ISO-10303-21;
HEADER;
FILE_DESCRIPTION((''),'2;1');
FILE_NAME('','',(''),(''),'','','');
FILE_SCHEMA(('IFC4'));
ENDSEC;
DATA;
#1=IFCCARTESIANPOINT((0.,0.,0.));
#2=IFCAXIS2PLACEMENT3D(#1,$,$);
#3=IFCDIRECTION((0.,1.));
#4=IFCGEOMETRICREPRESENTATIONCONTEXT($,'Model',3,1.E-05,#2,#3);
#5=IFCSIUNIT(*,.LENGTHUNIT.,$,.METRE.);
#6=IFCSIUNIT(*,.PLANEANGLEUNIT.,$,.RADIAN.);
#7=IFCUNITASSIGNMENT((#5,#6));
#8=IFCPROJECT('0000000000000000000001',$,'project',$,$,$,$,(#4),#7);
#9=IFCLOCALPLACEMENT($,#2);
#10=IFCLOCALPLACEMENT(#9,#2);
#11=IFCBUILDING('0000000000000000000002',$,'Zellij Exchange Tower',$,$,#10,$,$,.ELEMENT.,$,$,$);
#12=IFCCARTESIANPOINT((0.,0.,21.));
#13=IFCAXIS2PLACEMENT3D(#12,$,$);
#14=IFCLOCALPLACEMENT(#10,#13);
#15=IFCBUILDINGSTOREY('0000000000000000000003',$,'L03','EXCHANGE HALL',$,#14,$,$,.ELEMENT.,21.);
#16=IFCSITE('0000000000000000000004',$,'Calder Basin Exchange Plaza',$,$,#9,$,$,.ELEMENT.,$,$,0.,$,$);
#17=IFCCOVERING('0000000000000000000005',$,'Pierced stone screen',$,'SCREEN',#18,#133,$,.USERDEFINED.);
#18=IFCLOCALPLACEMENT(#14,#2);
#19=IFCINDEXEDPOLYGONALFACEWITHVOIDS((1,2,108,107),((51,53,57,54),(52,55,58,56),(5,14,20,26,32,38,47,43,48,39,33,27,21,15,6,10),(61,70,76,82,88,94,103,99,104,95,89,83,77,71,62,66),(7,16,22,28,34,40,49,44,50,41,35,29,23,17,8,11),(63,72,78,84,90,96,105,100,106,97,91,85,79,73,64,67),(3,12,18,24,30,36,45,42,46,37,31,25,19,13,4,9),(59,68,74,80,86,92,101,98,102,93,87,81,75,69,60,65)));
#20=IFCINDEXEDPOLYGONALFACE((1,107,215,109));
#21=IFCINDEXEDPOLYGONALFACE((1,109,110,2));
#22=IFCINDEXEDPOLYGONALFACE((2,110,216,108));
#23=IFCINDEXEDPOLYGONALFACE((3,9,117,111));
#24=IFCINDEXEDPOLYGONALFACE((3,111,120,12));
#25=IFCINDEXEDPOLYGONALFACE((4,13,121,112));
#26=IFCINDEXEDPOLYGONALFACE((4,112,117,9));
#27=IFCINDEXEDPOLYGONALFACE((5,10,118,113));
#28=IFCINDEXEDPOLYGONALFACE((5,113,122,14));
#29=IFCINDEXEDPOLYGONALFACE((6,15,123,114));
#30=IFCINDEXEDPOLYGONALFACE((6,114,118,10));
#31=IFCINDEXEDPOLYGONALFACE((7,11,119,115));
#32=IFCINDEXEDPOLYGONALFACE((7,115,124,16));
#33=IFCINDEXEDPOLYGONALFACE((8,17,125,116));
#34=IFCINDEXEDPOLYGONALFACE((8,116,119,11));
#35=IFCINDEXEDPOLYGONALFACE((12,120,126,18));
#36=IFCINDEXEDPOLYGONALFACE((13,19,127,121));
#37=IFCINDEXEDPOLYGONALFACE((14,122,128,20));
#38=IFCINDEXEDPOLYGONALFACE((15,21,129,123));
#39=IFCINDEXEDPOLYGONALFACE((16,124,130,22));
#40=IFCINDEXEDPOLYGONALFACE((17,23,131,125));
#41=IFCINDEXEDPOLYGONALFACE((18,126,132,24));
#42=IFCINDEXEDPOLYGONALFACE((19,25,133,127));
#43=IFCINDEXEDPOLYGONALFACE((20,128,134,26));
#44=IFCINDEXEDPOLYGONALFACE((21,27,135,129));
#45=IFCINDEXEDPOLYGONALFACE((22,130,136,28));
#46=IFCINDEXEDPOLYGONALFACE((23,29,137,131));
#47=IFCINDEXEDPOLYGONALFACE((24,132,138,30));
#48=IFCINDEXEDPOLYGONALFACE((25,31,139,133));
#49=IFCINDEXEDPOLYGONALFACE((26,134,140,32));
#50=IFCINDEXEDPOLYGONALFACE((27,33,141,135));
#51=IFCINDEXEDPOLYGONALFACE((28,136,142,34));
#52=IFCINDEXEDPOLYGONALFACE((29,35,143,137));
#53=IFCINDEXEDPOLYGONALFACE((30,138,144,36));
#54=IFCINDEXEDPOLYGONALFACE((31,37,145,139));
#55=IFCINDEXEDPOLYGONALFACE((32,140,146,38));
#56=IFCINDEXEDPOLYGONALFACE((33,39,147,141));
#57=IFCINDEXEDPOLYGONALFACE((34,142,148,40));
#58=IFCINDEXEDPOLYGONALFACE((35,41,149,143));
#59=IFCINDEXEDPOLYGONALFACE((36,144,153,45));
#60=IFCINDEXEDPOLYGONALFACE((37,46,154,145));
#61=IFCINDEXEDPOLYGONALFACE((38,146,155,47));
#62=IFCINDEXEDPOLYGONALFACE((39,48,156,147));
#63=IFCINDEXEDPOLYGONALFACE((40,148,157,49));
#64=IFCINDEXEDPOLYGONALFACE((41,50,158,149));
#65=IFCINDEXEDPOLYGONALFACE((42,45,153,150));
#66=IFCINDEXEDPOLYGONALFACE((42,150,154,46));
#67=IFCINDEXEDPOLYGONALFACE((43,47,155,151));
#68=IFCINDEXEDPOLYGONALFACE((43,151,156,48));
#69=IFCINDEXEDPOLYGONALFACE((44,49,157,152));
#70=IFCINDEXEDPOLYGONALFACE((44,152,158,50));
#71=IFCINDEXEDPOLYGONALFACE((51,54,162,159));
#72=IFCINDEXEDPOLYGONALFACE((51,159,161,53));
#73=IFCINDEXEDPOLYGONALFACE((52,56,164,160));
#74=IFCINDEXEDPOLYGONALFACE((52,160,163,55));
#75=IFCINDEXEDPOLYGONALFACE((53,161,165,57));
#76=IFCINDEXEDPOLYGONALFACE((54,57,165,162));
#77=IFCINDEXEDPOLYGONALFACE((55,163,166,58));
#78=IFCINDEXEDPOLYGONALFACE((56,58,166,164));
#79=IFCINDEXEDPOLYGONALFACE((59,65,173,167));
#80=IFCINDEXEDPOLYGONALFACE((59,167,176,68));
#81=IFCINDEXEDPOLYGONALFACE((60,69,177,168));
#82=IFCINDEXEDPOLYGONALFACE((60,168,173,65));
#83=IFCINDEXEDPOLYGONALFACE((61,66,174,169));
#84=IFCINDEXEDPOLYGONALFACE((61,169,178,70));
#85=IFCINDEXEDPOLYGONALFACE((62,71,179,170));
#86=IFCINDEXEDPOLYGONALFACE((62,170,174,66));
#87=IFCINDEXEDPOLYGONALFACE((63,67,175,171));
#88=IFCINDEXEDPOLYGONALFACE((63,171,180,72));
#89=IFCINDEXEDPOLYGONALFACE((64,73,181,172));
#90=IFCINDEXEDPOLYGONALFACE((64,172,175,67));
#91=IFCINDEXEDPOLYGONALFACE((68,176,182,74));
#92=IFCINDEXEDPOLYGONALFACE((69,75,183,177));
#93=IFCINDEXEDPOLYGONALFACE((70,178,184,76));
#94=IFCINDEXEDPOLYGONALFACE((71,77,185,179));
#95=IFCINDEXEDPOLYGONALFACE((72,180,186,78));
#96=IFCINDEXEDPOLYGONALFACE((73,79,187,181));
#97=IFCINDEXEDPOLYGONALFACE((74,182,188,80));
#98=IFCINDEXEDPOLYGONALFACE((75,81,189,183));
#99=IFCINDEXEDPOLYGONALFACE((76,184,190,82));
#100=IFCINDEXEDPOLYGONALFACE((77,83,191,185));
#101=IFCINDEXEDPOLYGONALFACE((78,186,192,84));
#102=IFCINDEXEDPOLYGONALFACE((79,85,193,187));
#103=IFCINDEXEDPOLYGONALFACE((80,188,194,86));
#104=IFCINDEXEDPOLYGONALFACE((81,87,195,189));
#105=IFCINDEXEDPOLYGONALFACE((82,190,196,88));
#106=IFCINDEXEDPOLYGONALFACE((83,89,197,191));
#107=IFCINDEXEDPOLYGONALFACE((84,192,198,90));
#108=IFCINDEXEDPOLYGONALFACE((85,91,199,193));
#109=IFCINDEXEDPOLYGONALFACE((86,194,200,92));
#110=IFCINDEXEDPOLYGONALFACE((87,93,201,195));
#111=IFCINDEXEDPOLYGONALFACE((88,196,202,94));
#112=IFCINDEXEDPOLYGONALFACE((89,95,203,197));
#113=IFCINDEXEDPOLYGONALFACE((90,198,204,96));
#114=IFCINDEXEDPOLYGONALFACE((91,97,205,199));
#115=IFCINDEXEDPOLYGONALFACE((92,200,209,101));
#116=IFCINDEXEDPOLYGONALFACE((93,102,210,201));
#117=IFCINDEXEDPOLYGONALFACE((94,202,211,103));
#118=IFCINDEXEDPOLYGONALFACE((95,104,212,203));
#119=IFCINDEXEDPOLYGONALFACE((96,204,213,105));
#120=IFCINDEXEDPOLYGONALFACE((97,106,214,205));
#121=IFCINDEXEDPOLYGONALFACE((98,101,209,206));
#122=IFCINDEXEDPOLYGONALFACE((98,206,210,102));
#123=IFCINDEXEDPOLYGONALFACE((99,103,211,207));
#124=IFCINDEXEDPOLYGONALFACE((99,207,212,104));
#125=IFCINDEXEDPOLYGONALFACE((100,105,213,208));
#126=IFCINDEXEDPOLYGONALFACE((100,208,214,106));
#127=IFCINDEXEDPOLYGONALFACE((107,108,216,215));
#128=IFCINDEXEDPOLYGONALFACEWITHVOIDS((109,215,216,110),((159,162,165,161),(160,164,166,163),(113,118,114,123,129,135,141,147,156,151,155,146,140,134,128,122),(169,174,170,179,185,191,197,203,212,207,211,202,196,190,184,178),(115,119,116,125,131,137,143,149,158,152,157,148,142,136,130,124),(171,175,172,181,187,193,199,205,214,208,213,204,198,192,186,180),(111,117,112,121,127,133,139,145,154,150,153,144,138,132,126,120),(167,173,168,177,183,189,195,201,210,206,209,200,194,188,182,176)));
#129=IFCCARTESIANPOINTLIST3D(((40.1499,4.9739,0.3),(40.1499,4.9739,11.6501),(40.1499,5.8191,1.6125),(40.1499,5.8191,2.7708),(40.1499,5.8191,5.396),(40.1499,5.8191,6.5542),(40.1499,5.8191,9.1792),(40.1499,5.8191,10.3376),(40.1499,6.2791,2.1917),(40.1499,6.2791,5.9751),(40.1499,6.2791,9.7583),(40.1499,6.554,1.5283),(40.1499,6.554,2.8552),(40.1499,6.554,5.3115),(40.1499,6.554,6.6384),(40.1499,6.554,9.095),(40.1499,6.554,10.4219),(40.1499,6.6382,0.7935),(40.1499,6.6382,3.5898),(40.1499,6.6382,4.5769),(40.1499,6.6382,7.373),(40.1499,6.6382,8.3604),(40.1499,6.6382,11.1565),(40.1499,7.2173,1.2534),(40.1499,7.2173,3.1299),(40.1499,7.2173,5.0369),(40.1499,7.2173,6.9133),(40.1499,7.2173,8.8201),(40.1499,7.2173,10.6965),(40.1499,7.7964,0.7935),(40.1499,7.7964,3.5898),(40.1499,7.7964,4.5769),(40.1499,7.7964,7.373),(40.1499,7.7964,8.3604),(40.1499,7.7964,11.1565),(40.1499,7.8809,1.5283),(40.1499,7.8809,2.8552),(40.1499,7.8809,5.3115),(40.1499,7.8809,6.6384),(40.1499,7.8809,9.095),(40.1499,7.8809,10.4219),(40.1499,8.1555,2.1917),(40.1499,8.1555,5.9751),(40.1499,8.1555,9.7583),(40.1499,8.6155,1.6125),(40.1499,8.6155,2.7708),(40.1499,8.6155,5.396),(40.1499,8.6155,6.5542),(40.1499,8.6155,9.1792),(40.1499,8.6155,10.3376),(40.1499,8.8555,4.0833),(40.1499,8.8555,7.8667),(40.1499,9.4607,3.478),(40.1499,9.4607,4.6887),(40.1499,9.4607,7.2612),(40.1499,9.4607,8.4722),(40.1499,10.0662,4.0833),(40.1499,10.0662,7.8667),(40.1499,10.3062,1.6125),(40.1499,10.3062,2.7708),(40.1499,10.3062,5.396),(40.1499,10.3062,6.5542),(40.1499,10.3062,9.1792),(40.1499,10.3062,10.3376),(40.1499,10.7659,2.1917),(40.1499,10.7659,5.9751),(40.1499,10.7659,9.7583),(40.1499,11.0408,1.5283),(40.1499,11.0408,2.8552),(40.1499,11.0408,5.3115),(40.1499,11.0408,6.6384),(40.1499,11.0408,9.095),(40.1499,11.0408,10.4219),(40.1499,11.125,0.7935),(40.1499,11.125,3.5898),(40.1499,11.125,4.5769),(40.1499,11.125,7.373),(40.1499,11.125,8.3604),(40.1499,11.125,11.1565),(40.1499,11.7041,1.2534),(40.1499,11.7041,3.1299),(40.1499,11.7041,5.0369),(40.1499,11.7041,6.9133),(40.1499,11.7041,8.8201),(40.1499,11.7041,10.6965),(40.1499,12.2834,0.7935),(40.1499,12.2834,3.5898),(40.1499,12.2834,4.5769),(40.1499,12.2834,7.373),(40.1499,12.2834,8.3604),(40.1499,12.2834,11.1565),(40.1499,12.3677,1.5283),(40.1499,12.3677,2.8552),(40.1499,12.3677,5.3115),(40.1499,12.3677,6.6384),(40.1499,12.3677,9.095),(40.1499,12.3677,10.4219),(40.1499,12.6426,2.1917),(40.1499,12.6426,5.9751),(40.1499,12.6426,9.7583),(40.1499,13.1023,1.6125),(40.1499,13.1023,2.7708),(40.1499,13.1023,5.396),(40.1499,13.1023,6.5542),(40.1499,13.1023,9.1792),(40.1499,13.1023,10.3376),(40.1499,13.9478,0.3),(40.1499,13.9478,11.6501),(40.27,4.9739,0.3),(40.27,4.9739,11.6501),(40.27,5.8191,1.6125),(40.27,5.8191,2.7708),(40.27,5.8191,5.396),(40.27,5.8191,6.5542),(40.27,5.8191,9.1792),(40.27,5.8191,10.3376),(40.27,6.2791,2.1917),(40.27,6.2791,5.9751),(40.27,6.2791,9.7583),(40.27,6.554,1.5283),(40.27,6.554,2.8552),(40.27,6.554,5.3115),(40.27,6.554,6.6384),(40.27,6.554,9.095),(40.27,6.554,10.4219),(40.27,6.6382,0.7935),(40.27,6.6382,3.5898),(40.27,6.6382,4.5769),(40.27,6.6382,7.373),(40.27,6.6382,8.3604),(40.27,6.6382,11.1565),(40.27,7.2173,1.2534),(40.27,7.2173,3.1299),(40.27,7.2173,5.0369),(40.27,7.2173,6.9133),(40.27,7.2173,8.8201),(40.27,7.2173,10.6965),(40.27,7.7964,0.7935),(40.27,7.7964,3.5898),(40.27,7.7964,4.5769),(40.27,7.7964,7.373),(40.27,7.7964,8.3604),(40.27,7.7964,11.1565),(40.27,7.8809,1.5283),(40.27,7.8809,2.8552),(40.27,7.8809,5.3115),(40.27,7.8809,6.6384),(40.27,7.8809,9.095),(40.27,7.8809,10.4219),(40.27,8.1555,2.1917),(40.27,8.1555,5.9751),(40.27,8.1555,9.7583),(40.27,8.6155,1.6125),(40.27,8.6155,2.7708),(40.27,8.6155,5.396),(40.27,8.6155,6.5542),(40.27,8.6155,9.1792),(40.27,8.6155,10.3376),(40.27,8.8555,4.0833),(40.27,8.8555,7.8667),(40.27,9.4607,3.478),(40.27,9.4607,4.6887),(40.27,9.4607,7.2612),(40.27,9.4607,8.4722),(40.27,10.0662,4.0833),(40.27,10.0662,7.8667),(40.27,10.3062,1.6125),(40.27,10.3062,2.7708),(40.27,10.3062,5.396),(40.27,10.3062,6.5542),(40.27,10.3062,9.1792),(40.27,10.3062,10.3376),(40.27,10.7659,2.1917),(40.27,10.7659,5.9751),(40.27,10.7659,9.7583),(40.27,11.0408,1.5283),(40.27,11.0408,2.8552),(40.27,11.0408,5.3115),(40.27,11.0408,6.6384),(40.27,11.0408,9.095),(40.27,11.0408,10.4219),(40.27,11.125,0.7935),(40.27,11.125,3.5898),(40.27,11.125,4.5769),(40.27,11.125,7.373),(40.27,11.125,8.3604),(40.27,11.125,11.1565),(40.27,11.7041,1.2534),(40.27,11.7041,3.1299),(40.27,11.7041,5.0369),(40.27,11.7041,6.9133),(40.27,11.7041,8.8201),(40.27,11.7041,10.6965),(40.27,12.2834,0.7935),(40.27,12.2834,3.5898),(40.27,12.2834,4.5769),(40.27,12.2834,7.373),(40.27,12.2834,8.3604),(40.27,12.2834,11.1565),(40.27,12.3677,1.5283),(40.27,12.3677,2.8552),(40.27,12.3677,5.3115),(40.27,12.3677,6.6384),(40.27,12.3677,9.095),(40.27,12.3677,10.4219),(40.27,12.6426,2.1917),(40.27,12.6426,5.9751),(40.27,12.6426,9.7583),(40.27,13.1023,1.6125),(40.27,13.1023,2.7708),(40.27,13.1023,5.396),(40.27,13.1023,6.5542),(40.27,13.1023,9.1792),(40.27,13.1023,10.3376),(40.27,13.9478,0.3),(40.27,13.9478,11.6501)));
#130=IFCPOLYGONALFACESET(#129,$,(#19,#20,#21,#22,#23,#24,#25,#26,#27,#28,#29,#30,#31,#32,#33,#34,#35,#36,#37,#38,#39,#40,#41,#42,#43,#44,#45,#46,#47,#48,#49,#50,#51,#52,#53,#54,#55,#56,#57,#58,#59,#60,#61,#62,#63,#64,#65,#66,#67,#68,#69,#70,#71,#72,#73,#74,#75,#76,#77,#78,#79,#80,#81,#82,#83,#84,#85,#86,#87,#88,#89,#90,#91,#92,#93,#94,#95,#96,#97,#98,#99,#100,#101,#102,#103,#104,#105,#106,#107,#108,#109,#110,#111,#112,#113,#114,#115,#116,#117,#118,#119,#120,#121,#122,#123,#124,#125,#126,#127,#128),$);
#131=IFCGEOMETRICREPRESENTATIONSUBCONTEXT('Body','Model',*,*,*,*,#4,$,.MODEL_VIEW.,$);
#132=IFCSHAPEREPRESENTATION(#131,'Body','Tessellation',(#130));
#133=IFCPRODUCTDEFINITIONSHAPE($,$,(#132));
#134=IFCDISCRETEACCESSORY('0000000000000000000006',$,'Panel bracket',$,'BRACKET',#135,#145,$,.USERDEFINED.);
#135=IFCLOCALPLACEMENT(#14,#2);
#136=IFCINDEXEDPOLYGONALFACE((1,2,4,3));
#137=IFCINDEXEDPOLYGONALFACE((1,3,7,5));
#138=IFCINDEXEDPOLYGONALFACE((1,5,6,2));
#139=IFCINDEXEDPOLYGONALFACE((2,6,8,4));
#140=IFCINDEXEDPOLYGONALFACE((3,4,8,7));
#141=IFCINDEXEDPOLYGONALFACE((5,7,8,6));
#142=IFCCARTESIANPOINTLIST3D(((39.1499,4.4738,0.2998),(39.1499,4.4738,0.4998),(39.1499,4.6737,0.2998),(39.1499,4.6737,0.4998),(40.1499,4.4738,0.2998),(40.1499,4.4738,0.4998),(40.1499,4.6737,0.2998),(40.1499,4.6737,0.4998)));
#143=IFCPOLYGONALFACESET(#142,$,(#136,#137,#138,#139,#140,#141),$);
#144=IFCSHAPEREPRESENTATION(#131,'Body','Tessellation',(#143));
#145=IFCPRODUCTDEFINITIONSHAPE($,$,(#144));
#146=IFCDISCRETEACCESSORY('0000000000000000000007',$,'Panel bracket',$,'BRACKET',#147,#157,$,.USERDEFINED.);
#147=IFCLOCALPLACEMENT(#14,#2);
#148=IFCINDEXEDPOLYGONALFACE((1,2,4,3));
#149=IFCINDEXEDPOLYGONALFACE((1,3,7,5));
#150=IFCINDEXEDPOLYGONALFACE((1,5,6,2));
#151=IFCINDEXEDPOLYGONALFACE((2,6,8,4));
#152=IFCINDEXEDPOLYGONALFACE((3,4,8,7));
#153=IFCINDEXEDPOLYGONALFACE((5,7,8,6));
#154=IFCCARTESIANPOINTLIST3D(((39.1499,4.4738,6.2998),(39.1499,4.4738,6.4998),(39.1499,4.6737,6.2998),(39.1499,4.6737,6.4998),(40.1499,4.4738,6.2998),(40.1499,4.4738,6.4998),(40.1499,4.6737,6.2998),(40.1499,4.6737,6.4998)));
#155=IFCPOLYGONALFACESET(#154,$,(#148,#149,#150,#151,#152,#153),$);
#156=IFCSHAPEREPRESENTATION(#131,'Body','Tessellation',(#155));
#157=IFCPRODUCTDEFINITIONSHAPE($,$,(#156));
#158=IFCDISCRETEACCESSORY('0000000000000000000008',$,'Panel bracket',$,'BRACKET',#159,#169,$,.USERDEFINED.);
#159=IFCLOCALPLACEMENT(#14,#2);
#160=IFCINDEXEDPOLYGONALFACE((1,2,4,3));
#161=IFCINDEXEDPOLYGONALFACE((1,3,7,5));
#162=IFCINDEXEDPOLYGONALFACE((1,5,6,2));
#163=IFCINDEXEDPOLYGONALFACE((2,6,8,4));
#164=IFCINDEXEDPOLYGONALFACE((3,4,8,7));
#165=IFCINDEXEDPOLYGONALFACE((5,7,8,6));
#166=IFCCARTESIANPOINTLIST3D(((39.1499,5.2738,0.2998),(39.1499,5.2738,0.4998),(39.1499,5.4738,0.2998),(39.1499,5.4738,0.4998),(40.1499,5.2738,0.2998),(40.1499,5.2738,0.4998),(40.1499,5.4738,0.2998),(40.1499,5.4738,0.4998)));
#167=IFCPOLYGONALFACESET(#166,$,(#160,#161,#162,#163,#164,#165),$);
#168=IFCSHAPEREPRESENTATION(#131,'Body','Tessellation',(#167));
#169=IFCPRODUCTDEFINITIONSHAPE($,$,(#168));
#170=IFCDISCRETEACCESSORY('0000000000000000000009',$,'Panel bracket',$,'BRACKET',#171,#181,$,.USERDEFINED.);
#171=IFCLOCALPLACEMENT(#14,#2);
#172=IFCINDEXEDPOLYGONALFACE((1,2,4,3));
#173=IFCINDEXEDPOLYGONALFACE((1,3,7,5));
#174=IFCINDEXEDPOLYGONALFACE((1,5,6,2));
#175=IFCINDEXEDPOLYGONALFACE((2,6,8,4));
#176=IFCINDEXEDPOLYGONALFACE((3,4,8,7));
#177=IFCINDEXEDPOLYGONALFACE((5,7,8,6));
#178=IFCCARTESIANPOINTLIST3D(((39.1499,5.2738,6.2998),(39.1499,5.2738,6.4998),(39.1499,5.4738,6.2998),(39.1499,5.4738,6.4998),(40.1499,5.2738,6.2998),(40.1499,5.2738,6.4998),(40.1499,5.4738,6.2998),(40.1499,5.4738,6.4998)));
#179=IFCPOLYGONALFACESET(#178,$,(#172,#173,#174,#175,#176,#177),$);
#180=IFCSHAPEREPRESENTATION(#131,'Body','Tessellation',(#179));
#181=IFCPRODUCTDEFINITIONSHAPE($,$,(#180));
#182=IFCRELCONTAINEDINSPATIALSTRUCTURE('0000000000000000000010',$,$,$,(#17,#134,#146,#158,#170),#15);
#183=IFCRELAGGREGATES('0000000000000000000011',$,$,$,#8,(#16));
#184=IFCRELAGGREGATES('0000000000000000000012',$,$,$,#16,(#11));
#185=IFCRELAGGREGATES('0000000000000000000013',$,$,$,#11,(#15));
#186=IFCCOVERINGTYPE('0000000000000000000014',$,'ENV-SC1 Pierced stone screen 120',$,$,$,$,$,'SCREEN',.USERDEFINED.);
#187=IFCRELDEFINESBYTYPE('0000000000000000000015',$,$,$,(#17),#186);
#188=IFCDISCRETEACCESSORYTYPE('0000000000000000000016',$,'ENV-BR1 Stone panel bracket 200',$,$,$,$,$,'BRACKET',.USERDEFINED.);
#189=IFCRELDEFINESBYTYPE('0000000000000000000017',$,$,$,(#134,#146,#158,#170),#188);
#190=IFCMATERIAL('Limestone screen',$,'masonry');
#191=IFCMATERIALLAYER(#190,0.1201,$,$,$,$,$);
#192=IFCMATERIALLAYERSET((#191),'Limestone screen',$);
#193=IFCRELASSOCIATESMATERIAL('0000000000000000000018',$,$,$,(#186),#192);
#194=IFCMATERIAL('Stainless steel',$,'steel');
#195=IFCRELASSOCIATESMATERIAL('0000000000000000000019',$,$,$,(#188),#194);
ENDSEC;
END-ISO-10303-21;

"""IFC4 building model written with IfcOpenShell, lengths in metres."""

from ifc_helpers import new_model, si_unit, direction, frame, origin, origin_2d, place, context, subcontext, project, spatial, polyline, rectangle, outline, extrude, material, layer, layer_set, type_object, element, save


model = new_model("IFC4")

# Units and contexts
model_context = context("Model", 3, precision=1e-05, world=origin(), true_north=direction((0.0, 1.0)))
body_context = subcontext(model_context, "Body", "Model", "MODEL_VIEW")
ifc_project = project(units=[si_unit("LENGTHUNIT", "METRE"), si_unit("PLANEANGLEUNIT", "RADIAN")], contexts=[model_context])

# Site, building, storey
site_placement = place(None, origin())
site = spatial("IfcSite", under=ifc_project, at=site_placement, Name="Calder Basin Exchange Plaza", CompositionType="ELEMENT", RefElevation=0.0)
building_placement = place(site_placement, origin())
building = spatial("IfcBuilding", under=site, at=building_placement, Name="Zellij Exchange Tower", CompositionType="ELEMENT")
storey_placement = place(building_placement, frame((0.0, 0.0, 21.0)))
storey = spatial("IfcBuildingStorey", under=building, at=storey_placement, Name="L03", Description="EXCHANGE HALL", CompositionType="ELEMENT", Elevation=21.0)

# Covering
ifc_material_1 = material(Name="Limestone screen", Category="masonry")
ifc_layer_1 = layer(ifc_material_1, 0.1201)
ifc_layer_set_1 = layer_set([ifc_layer_1], Name="Limestone screen")
covering_type = type_object("IfcCoveringType", Name="ENV-SC1 Pierced stone screen 120", ElementType="SCREEN", PredefinedType="USERDEFINED", material=ifc_layer_set_1)
covering_placement = place(storey_placement, frame((40.21, 4.9739, 0.3), z_axis=(0.0, 0.0, 1.0), x_axis=(0.0, 1.0, 0.0)))
element("IfcCovering", 1, at=covering_placement, inside=storey, type_object=covering_type, Name="Pierced stone screen", ObjectType="SCREEN", PredefinedType="USERDEFINED", context=body_context, shape_type="SweptSolid", body=[
    extrude(outline(polyline([(0.0, 0.0), (8.9739, 0.0), (8.9739, 11.3501), (0.0, 11.3501), (0.0, 0.0)]), holes=[polyline([(3.6416, 2.4707), (2.907, 2.5552), (2.8225, 3.2898), (2.2434, 2.8298), (1.6643, 3.2898), (1.5801, 2.5552), (0.8452, 2.4707), (1.3052, 1.8916), (0.8452, 1.3125), (1.5801, 1.2283), (1.6643, 0.4934), (2.2434, 0.9534), (2.8225, 0.4934), (2.907, 1.2283), (3.6416, 1.3125), (3.1816, 1.8916), (3.6416, 2.4707)]), polyline([(3.6416, 6.2542), (2.907, 6.3384), (2.8225, 7.073), (2.2434, 6.6133), (1.6643, 7.073), (1.5801, 6.3384), (0.8452, 6.2542), (1.3052, 5.675), (0.8452, 5.0959), (1.5801, 5.0115), (1.6643, 4.2769), (2.2434, 4.7368), (2.8225, 4.2769), (2.907, 5.0115), (3.6416, 5.0959), (3.1816, 5.675), (3.6416, 6.2542)]), polyline([(3.6416, 10.0376), (2.907, 10.1218), (2.8225, 10.8564), (2.2434, 10.3965), (1.6643, 10.8564), (1.5801, 10.1218), (0.8452, 10.0376), (1.3052, 9.4583), (0.8452, 8.8792), (1.5801, 8.7949), (1.6643, 8.0603), (2.2434, 8.52), (2.8225, 8.0603), (2.907, 8.7949), (3.6416, 8.8792), (3.1816, 9.4583), (3.6416, 10.0376)]), polyline([(8.1284, 2.4707), (7.3938, 2.5552), (7.3096, 3.2898), (6.7302, 2.8298), (6.1511, 3.2898), (6.0669, 2.5552), (5.3323, 2.4707), (5.792, 1.8916), (5.3323, 1.3125), (6.0669, 1.2283), (6.1511, 0.4934), (6.7302, 0.9534), (7.3096, 0.4934), (7.3938, 1.2283), (8.1284, 1.3125), (7.6687, 1.8916), (8.1284, 2.4707)]), polyline([(8.1284, 6.2542), (7.3938, 6.3384), (7.3096, 7.073), (6.7302, 6.6133), (6.1511, 7.073), (6.0669, 6.3384), (5.3323, 6.2542), (5.792, 5.675), (5.3323, 5.0959), (6.0669, 5.0115), (6.1511, 4.2769), (6.7302, 4.7368), (7.3096, 4.2769), (7.3938, 5.0115), (8.1284, 5.0959), (7.6687, 5.675), (8.1284, 6.2542)]), polyline([(8.1284, 10.0376), (7.3938, 10.1218), (7.3096, 10.8564), (6.7302, 10.3965), (6.1511, 10.8564), (6.0669, 10.1218), (5.3323, 10.0376), (5.792, 9.4583), (5.3323, 8.8792), (6.0669, 8.7949), (6.1511, 8.0603), (6.7302, 8.52), (7.3096, 8.0603), (7.3938, 8.7949), (8.1284, 8.8792), (7.6687, 9.4583), (8.1284, 10.0376)]), polyline([(5.0923, 3.7832), (4.4868, 4.3887), (3.8816, 3.7832), (4.4868, 3.178), (5.0923, 3.7832)]), polyline([(5.0923, 7.5667), (4.4868, 8.1721), (3.8816, 7.5667), (4.4868, 6.9612), (5.0923, 7.5667)])]), frame((0.0, 0.0601, 0.0), z_axis=(0.0, -1.0, 0.0), x_axis=(1.0, 0.0, 0.0)), (0.0, 0.0, 1.0), 0.1201),
])

# Discrete accessories
ifc_material_2 = material(Name="Stainless steel", Category="steel")
discrete_accessory_type = type_object("IfcDiscreteAccessoryType", Name="ENV-BR1 Stone panel bracket 200", ElementType="BRACKET", PredefinedType="USERDEFINED", material=ifc_material_2)
for number, where, z_axis, x_axis, name in (
    (2, (39.6499, 4.5737, 0.2998), (0.0, 0.0, 1.0), (0.0, 1.0, 0.0), "Panel bracket"),
    (3, (39.6499, 4.5737, 6.2998), (0.0, 0.0, 1.0), (0.0, 1.0, 0.0), "Panel bracket"),
    (4, (39.6499, 5.3738, 0.2998), (0.0, 0.0, 1.0), (0.0, 1.0, 0.0), "Panel bracket"),
    (5, (39.6499, 5.3738, 6.2998), (0.0, 0.0, 1.0), (0.0, 1.0, 0.0), "Panel bracket"),
):
    element("IfcDiscreteAccessory", number, at=place(storey_placement, frame(where, z_axis=z_axis, x_axis=x_axis)), inside=storey, type_object=discrete_accessory_type, Name=name, ObjectType="BRACKET", PredefinedType="USERDEFINED", context=body_context, shape_type="SweptSolid", body=[
        extrude(rectangle(XDim=0.2, YDim=1.0, at=origin_2d()), origin(), (0.0, 0.0, 1.0), 0.2),
    ])

save(model, "model.ifc")
